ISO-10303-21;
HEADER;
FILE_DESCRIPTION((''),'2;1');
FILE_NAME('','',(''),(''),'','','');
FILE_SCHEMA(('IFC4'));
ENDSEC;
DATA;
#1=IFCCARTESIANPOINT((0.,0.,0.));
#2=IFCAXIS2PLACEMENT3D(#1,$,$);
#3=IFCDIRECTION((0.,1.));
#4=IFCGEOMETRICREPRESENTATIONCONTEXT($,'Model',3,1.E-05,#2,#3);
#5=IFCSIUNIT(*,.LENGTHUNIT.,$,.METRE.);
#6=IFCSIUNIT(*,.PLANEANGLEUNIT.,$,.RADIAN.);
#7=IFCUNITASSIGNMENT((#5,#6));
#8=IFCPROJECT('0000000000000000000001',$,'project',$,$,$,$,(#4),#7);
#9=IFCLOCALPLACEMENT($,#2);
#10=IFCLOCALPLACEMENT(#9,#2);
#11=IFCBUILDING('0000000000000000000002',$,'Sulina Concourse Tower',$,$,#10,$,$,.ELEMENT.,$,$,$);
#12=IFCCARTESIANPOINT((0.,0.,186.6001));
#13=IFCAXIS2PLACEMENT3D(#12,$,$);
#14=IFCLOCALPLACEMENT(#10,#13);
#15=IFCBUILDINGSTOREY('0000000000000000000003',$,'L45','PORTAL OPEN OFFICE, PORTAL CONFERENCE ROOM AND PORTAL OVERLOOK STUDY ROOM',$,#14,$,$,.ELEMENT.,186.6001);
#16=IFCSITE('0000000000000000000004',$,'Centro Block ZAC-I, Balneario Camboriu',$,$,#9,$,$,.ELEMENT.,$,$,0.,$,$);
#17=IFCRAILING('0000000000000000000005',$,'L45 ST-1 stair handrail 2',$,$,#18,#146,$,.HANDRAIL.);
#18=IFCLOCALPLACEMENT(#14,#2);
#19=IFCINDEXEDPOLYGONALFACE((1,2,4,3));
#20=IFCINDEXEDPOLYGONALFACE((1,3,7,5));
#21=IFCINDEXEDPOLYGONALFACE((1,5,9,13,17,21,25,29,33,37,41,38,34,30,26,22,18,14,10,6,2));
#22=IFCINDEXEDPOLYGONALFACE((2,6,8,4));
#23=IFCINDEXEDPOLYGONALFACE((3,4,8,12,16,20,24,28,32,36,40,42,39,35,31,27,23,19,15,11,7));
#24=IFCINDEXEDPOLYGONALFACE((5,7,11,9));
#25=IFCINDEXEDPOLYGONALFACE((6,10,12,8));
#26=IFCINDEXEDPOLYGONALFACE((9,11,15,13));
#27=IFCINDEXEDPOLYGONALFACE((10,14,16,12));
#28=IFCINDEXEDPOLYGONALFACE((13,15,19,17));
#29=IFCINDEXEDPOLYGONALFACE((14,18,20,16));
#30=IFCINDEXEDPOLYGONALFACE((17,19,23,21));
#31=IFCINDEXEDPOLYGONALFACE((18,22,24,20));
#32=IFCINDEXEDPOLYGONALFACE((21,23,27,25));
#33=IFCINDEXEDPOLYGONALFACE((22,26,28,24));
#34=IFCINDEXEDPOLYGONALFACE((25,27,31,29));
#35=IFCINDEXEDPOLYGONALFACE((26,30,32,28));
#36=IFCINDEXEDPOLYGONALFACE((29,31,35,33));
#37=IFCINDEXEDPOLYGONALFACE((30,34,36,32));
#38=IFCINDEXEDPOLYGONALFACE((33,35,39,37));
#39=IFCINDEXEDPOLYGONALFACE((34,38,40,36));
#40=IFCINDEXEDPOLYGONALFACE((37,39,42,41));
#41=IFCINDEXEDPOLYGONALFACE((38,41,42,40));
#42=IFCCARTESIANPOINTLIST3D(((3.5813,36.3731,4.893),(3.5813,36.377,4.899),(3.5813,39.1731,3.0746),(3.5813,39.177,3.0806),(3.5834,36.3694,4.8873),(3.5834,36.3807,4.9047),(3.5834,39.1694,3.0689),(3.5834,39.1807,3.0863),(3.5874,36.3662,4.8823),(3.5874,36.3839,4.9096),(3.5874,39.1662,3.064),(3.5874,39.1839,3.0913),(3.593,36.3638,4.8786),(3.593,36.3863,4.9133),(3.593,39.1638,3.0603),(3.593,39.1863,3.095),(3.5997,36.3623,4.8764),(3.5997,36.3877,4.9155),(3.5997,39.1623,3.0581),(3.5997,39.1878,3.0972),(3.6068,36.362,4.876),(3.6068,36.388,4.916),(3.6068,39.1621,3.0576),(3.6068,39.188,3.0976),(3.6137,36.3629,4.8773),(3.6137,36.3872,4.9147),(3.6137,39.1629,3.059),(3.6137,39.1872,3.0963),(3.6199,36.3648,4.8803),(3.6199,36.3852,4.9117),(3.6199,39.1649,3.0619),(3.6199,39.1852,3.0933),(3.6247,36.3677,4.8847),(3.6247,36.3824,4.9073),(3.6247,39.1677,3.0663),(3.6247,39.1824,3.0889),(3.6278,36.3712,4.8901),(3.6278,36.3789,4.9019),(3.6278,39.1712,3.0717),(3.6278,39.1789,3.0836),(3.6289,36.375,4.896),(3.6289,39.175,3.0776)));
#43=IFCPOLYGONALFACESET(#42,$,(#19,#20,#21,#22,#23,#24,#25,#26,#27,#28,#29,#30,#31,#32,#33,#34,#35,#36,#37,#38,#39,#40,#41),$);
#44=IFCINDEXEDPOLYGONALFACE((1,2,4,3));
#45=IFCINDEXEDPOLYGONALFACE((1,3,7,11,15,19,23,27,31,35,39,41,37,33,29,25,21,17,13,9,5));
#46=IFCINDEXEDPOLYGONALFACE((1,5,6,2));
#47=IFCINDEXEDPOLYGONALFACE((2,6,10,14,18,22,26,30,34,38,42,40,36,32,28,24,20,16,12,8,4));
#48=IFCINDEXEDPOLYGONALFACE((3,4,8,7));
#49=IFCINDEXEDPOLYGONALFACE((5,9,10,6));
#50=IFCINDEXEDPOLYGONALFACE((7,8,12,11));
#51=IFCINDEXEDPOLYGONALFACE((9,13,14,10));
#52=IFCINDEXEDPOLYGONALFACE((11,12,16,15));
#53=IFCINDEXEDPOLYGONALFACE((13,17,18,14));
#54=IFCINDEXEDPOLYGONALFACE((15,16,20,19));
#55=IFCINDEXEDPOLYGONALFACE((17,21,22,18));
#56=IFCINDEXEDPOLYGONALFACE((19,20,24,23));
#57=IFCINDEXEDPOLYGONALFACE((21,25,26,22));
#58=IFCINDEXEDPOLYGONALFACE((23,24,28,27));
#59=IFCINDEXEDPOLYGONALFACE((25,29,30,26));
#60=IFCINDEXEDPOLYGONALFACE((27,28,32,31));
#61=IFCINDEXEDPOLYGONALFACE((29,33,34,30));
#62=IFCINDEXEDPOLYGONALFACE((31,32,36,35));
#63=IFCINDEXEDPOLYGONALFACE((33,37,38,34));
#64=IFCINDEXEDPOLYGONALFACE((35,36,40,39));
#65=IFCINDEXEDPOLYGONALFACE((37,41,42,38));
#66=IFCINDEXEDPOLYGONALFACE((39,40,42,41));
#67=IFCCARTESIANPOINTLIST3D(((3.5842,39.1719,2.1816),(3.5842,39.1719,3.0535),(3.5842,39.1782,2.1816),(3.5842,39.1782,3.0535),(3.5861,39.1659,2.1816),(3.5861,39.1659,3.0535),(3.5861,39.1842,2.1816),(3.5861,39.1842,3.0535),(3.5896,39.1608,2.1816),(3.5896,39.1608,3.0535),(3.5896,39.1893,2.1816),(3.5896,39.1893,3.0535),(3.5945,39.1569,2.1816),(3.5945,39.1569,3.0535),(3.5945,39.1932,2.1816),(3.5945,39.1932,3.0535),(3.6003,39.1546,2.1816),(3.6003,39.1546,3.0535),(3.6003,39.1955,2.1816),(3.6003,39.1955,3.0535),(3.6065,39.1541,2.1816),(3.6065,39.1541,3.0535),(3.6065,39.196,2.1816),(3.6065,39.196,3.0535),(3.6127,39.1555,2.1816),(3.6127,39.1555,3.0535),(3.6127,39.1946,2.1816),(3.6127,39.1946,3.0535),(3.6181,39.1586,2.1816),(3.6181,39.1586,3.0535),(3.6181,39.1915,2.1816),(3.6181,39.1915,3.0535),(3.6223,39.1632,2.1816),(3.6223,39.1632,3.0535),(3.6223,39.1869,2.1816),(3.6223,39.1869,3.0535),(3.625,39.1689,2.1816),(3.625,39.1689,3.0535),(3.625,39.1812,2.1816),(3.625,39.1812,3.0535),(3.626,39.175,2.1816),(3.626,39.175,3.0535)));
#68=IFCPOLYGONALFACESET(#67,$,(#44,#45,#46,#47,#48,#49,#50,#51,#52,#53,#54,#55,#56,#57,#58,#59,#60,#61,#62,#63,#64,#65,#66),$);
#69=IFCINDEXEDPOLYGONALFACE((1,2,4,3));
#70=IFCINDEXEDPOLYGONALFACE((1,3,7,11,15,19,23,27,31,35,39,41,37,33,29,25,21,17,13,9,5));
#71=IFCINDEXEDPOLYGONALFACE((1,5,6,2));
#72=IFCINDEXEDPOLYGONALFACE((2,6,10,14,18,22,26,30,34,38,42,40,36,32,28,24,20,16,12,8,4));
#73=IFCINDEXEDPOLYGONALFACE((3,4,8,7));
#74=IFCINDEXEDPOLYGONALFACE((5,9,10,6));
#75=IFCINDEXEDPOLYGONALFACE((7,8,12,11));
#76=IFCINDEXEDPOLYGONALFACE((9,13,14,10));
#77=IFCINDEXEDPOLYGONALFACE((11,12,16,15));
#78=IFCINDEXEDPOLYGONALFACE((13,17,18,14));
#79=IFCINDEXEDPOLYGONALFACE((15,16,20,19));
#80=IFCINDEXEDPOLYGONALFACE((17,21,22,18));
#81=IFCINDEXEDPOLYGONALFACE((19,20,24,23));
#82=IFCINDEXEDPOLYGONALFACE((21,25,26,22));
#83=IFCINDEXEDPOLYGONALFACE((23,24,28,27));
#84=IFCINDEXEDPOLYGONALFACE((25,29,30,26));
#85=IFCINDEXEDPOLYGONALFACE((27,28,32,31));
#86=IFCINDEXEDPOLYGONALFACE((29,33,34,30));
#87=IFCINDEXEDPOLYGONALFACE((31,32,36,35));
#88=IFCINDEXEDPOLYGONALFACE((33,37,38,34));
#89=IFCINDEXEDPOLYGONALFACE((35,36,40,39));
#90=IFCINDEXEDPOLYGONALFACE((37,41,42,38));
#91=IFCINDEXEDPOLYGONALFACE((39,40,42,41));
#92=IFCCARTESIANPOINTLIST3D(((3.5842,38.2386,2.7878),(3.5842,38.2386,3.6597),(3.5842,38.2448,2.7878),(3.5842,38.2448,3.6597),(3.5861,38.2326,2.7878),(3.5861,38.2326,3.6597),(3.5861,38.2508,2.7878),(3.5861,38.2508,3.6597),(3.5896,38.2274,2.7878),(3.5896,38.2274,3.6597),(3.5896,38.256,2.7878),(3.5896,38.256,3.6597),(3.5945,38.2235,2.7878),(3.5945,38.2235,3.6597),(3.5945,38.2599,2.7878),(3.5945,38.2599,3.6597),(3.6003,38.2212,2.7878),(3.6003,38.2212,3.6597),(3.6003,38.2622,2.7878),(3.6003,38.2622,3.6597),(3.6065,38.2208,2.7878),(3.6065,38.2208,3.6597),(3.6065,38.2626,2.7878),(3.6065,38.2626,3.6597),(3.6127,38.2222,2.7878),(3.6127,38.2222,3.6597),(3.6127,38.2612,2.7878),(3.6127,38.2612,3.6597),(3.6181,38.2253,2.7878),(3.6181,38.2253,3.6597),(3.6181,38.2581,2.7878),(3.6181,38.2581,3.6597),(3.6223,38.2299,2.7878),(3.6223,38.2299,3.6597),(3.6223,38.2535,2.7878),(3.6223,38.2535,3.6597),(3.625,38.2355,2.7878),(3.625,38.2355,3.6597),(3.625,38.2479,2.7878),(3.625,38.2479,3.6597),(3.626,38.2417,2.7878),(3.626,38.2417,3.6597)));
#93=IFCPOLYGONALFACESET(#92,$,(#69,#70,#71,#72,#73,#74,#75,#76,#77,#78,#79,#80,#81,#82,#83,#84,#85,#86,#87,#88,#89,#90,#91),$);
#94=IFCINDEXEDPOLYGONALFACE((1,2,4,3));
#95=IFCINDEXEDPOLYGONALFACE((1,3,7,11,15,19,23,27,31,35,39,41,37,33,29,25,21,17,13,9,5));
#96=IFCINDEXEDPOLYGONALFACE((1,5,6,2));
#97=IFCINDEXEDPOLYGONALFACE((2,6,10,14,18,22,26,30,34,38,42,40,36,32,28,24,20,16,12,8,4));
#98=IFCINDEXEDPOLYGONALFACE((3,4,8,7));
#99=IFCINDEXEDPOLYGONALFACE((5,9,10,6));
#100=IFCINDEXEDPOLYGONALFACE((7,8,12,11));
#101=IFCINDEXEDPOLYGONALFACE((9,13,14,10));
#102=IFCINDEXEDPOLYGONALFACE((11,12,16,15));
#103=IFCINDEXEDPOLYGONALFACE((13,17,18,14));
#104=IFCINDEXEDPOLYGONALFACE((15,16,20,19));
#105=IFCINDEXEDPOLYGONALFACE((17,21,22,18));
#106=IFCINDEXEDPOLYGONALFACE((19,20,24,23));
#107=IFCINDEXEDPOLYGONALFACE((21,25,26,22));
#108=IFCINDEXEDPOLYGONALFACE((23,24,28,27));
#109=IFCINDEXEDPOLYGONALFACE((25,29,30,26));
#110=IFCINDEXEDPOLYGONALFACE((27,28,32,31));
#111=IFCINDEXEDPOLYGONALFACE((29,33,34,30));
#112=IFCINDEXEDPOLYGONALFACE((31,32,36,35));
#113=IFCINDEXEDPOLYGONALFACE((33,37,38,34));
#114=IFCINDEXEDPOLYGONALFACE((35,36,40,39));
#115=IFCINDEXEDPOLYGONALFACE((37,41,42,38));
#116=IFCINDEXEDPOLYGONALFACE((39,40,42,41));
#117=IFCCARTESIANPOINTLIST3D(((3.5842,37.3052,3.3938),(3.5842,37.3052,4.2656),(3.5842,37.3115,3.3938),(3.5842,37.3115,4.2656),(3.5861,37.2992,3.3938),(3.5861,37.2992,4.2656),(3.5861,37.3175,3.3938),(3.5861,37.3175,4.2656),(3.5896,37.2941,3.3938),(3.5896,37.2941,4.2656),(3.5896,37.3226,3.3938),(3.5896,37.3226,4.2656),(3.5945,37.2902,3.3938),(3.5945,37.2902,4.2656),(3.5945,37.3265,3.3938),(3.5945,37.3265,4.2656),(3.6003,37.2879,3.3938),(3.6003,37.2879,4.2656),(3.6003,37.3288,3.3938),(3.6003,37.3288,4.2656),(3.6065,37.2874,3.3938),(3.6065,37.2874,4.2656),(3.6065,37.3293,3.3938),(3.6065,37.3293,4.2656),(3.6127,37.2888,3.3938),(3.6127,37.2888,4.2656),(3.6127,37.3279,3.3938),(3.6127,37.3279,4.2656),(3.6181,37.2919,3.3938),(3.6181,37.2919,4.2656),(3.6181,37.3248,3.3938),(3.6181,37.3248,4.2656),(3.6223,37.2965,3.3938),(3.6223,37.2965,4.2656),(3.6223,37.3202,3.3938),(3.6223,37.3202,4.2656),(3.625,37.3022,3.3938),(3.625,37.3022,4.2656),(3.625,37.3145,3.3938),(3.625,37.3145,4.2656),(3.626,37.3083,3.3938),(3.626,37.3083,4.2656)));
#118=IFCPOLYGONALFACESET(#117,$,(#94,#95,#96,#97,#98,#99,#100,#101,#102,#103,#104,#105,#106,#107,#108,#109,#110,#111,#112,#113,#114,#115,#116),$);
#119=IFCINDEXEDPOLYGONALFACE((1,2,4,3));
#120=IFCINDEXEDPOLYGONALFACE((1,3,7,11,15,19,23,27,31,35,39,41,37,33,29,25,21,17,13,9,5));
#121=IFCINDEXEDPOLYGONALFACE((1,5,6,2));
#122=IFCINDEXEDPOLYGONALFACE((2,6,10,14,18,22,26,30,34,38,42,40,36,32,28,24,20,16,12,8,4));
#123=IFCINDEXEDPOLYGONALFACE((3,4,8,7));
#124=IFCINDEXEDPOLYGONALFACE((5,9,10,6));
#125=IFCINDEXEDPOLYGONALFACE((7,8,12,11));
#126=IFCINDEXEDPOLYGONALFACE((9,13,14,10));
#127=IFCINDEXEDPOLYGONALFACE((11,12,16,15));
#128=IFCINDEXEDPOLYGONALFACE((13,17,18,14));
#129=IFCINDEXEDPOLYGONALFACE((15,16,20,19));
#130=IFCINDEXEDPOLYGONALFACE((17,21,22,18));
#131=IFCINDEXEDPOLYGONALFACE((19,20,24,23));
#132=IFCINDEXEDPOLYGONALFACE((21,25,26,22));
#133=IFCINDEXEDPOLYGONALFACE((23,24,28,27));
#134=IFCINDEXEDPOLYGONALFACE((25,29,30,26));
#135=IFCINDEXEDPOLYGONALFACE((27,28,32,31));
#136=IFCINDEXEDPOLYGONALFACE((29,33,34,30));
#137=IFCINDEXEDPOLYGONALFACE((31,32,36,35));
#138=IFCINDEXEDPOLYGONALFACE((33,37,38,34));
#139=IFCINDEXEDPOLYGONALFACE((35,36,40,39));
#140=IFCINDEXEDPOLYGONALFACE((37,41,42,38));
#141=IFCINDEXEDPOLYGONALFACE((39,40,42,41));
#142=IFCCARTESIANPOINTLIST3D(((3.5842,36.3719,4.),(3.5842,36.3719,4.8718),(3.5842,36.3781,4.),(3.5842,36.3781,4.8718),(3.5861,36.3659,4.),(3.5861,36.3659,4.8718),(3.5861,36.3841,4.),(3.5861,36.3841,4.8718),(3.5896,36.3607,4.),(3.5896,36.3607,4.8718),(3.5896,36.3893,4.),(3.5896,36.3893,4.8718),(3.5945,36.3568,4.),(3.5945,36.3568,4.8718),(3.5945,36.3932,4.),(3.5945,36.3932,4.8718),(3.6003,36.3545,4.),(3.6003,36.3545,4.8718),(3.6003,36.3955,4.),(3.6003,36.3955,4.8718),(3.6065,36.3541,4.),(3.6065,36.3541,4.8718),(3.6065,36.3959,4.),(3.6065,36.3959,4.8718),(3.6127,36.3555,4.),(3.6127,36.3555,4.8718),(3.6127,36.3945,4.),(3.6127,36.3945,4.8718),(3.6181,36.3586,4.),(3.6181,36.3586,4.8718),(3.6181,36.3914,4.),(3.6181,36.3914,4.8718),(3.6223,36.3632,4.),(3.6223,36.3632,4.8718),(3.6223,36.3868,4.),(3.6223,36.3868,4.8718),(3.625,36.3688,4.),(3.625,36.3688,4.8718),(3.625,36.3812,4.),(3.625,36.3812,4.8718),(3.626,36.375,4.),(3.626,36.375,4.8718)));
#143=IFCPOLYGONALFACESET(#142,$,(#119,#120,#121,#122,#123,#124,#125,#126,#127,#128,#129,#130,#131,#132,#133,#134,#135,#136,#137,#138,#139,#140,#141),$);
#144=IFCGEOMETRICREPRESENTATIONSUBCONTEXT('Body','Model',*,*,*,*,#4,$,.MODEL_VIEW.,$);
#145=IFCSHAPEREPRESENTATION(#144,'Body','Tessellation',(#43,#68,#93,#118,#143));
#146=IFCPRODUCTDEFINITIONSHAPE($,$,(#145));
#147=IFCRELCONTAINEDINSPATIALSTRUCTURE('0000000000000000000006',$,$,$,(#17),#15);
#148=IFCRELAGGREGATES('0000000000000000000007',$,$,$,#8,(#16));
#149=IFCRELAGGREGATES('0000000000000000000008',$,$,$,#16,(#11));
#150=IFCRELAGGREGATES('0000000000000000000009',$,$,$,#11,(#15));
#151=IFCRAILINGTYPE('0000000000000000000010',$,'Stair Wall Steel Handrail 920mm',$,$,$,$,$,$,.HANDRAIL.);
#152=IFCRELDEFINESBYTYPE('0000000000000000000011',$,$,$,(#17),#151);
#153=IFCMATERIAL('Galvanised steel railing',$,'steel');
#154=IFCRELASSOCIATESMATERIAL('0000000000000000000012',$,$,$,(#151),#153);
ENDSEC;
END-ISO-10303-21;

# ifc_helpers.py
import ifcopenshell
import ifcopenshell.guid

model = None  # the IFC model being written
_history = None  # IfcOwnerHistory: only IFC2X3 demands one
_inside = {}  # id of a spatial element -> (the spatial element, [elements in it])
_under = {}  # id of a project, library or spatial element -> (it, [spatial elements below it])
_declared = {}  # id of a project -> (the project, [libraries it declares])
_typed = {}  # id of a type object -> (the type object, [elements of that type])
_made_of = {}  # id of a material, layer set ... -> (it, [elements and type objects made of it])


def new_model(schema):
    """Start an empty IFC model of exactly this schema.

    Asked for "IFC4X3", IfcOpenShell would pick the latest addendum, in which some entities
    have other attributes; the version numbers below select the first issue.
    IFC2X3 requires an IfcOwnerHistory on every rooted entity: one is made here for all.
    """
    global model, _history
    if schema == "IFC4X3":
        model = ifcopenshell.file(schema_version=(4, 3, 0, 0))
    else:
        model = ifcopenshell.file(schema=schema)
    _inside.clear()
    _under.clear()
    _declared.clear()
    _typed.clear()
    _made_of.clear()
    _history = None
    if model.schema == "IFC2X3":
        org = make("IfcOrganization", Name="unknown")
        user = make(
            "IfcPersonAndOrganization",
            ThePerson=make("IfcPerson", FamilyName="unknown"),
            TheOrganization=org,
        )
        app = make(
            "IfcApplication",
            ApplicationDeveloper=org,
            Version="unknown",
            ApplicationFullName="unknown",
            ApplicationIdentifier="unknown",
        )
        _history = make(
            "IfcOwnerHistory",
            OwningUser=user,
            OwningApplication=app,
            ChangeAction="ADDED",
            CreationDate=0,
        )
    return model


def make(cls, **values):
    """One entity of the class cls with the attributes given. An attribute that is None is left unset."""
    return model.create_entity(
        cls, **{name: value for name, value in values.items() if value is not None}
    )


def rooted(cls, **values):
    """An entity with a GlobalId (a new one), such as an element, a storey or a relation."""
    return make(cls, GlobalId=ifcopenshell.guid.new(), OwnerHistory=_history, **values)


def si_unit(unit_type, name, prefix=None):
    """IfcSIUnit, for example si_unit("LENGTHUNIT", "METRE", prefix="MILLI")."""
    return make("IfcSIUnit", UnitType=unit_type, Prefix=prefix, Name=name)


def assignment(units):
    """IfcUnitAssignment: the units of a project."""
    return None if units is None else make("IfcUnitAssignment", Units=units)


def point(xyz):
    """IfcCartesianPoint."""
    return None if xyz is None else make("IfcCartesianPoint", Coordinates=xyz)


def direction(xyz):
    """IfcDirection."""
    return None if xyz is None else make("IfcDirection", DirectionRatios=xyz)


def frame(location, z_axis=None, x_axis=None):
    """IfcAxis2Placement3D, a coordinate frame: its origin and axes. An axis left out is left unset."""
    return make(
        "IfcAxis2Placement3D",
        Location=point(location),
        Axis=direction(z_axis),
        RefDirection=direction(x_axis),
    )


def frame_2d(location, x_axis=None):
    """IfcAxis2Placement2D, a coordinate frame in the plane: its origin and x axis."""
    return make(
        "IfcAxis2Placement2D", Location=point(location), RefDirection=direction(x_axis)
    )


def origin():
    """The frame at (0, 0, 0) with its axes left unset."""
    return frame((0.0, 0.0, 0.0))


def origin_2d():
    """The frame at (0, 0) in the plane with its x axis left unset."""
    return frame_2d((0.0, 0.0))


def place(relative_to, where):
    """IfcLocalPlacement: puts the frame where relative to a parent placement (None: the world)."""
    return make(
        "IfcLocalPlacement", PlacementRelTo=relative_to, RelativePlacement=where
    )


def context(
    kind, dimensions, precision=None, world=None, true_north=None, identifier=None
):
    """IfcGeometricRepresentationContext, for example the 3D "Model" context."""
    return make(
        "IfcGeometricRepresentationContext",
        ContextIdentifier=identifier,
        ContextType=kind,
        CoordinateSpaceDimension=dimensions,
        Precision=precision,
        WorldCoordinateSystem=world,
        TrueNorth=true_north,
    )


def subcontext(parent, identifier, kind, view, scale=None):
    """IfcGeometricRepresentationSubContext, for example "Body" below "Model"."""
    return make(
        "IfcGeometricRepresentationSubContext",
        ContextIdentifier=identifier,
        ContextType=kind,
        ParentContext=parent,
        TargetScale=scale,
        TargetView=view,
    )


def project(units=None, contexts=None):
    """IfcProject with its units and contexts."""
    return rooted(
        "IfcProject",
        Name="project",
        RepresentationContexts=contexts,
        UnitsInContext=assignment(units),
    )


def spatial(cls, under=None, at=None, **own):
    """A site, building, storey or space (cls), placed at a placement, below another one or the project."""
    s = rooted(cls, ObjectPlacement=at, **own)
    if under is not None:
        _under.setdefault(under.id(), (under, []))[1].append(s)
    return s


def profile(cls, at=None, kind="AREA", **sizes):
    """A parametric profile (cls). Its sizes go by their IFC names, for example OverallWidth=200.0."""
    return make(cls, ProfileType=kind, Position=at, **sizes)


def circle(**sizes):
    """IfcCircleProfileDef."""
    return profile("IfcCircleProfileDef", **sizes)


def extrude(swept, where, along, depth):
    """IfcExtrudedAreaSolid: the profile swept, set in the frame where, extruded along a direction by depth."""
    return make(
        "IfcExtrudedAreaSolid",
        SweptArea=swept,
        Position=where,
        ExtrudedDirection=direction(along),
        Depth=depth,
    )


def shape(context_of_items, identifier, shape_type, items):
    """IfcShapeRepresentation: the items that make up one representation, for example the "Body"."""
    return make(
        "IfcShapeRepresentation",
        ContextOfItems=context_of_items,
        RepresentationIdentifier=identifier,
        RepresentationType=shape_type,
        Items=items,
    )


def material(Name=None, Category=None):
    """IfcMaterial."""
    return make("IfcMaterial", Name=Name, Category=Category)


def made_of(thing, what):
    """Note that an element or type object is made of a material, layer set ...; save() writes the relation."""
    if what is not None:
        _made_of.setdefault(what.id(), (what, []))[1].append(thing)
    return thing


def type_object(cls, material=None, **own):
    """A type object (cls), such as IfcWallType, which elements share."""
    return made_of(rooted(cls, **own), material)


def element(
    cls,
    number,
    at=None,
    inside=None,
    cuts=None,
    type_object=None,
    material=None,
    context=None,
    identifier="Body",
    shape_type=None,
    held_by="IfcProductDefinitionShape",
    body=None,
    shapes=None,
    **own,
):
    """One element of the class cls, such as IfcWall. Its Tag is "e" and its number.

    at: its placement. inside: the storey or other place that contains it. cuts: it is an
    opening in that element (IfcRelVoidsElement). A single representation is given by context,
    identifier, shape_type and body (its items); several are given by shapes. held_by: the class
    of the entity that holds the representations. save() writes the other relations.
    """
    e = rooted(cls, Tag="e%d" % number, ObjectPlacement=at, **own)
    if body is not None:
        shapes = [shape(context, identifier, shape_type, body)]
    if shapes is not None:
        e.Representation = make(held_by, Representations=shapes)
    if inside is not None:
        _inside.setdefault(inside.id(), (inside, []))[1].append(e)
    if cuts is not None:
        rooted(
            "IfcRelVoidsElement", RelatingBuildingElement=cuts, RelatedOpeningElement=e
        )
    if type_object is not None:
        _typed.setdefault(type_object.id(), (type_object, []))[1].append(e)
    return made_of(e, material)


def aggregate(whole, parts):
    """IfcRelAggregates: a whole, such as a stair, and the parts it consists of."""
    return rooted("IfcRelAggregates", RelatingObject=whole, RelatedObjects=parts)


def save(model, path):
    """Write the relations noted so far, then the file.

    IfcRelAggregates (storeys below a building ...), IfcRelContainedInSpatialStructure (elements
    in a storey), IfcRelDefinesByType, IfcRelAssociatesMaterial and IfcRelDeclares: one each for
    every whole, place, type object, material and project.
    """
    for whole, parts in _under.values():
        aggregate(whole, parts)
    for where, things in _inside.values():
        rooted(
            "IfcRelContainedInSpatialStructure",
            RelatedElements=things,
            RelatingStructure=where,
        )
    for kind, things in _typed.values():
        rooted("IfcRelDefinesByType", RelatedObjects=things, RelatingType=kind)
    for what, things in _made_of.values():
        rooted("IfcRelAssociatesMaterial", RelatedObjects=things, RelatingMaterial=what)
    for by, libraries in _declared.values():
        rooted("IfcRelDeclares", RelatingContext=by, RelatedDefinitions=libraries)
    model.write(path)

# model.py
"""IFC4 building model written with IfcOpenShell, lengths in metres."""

from ifc_helpers import new_model, si_unit, direction, frame, origin, origin_2d, place, context, subcontext, project, spatial, circle, extrude, material, type_object, element, save


model = new_model("IFC4")

# Units and contexts
model_context = context("Model", 3, precision=1e-05, world=origin(), true_north=direction((0.0, 1.0)))
body_context = subcontext(model_context, "Body", "Model", "MODEL_VIEW")
ifc_project = project(units=[si_unit("LENGTHUNIT", "METRE"), si_unit("PLANEANGLEUNIT", "RADIAN")], contexts=[model_context])

# Site, building, storey
site_placement = place(None, origin())
site = spatial("IfcSite", under=ifc_project, at=site_placement, Name="Centro Block ZAC-I, Balneario Camboriu", CompositionType="ELEMENT", RefElevation=0.0)
building_placement = place(site_placement, origin())
building = spatial("IfcBuilding", under=site, at=building_placement, Name="Sulina Concourse Tower", CompositionType="ELEMENT")
storey_placement = place(building_placement, frame((0.0, 0.0, 186.6001)))
storey = spatial("IfcBuildingStorey", under=building, at=storey_placement, Name="L45", Description="PORTAL OPEN OFFICE, PORTAL CONFERENCE ROOM AND PORTAL OVERLOOK STUDY ROOM", CompositionType="ELEMENT", Elevation=186.6001)

# Railing
ifc_material_1 = material(Name="Galvanised steel railing", Category="steel")
railing_type_1 = type_object("IfcRailingType", Name="Stair Wall Steel Handrail 920mm", PredefinedType="HANDRAIL", material=ifc_material_1)
railing_1_placement = place(storey_placement, frame((3.605, 39.175, 2.1816)))
element("IfcRailing", 1, at=railing_1_placement, inside=storey, type_object=railing_type_1, Name="L45 ST-1 stair handrail 2", PredefinedType="HANDRAIL", context=body_context, shape_type="SweptSolid", body=[
    extrude(circle(Radius=0.0239, at=origin_2d()), frame((0.0, 0.0, 0.896), z_axis=(0.0, -0.838672, 0.544636), x_axis=(1.0, 0.0, 0.0)), (0.0, 0.0, 1.0), 3.3386),
    extrude(circle(Radius=0.021, at=origin_2d()), origin(), (0.0, 0.0, 1.0), 0.8718),
    extrude(circle(Radius=0.021, at=origin_2d()), frame((0.0, -0.9333, 0.6062)), (0.0, 0.0, 1.0), 0.8718),
    extrude(circle(Radius=0.021, at=origin_2d()), frame((0.0, -1.8667, 1.2122)), (0.0, 0.0, 1.0), 0.8718),
    extrude(circle(Radius=0.021, at=origin_2d()), frame((0.0, -2.8, 1.8184)), (0.0, 0.0, 1.0), 0.8718),
])

save(model, "model.ifc")
